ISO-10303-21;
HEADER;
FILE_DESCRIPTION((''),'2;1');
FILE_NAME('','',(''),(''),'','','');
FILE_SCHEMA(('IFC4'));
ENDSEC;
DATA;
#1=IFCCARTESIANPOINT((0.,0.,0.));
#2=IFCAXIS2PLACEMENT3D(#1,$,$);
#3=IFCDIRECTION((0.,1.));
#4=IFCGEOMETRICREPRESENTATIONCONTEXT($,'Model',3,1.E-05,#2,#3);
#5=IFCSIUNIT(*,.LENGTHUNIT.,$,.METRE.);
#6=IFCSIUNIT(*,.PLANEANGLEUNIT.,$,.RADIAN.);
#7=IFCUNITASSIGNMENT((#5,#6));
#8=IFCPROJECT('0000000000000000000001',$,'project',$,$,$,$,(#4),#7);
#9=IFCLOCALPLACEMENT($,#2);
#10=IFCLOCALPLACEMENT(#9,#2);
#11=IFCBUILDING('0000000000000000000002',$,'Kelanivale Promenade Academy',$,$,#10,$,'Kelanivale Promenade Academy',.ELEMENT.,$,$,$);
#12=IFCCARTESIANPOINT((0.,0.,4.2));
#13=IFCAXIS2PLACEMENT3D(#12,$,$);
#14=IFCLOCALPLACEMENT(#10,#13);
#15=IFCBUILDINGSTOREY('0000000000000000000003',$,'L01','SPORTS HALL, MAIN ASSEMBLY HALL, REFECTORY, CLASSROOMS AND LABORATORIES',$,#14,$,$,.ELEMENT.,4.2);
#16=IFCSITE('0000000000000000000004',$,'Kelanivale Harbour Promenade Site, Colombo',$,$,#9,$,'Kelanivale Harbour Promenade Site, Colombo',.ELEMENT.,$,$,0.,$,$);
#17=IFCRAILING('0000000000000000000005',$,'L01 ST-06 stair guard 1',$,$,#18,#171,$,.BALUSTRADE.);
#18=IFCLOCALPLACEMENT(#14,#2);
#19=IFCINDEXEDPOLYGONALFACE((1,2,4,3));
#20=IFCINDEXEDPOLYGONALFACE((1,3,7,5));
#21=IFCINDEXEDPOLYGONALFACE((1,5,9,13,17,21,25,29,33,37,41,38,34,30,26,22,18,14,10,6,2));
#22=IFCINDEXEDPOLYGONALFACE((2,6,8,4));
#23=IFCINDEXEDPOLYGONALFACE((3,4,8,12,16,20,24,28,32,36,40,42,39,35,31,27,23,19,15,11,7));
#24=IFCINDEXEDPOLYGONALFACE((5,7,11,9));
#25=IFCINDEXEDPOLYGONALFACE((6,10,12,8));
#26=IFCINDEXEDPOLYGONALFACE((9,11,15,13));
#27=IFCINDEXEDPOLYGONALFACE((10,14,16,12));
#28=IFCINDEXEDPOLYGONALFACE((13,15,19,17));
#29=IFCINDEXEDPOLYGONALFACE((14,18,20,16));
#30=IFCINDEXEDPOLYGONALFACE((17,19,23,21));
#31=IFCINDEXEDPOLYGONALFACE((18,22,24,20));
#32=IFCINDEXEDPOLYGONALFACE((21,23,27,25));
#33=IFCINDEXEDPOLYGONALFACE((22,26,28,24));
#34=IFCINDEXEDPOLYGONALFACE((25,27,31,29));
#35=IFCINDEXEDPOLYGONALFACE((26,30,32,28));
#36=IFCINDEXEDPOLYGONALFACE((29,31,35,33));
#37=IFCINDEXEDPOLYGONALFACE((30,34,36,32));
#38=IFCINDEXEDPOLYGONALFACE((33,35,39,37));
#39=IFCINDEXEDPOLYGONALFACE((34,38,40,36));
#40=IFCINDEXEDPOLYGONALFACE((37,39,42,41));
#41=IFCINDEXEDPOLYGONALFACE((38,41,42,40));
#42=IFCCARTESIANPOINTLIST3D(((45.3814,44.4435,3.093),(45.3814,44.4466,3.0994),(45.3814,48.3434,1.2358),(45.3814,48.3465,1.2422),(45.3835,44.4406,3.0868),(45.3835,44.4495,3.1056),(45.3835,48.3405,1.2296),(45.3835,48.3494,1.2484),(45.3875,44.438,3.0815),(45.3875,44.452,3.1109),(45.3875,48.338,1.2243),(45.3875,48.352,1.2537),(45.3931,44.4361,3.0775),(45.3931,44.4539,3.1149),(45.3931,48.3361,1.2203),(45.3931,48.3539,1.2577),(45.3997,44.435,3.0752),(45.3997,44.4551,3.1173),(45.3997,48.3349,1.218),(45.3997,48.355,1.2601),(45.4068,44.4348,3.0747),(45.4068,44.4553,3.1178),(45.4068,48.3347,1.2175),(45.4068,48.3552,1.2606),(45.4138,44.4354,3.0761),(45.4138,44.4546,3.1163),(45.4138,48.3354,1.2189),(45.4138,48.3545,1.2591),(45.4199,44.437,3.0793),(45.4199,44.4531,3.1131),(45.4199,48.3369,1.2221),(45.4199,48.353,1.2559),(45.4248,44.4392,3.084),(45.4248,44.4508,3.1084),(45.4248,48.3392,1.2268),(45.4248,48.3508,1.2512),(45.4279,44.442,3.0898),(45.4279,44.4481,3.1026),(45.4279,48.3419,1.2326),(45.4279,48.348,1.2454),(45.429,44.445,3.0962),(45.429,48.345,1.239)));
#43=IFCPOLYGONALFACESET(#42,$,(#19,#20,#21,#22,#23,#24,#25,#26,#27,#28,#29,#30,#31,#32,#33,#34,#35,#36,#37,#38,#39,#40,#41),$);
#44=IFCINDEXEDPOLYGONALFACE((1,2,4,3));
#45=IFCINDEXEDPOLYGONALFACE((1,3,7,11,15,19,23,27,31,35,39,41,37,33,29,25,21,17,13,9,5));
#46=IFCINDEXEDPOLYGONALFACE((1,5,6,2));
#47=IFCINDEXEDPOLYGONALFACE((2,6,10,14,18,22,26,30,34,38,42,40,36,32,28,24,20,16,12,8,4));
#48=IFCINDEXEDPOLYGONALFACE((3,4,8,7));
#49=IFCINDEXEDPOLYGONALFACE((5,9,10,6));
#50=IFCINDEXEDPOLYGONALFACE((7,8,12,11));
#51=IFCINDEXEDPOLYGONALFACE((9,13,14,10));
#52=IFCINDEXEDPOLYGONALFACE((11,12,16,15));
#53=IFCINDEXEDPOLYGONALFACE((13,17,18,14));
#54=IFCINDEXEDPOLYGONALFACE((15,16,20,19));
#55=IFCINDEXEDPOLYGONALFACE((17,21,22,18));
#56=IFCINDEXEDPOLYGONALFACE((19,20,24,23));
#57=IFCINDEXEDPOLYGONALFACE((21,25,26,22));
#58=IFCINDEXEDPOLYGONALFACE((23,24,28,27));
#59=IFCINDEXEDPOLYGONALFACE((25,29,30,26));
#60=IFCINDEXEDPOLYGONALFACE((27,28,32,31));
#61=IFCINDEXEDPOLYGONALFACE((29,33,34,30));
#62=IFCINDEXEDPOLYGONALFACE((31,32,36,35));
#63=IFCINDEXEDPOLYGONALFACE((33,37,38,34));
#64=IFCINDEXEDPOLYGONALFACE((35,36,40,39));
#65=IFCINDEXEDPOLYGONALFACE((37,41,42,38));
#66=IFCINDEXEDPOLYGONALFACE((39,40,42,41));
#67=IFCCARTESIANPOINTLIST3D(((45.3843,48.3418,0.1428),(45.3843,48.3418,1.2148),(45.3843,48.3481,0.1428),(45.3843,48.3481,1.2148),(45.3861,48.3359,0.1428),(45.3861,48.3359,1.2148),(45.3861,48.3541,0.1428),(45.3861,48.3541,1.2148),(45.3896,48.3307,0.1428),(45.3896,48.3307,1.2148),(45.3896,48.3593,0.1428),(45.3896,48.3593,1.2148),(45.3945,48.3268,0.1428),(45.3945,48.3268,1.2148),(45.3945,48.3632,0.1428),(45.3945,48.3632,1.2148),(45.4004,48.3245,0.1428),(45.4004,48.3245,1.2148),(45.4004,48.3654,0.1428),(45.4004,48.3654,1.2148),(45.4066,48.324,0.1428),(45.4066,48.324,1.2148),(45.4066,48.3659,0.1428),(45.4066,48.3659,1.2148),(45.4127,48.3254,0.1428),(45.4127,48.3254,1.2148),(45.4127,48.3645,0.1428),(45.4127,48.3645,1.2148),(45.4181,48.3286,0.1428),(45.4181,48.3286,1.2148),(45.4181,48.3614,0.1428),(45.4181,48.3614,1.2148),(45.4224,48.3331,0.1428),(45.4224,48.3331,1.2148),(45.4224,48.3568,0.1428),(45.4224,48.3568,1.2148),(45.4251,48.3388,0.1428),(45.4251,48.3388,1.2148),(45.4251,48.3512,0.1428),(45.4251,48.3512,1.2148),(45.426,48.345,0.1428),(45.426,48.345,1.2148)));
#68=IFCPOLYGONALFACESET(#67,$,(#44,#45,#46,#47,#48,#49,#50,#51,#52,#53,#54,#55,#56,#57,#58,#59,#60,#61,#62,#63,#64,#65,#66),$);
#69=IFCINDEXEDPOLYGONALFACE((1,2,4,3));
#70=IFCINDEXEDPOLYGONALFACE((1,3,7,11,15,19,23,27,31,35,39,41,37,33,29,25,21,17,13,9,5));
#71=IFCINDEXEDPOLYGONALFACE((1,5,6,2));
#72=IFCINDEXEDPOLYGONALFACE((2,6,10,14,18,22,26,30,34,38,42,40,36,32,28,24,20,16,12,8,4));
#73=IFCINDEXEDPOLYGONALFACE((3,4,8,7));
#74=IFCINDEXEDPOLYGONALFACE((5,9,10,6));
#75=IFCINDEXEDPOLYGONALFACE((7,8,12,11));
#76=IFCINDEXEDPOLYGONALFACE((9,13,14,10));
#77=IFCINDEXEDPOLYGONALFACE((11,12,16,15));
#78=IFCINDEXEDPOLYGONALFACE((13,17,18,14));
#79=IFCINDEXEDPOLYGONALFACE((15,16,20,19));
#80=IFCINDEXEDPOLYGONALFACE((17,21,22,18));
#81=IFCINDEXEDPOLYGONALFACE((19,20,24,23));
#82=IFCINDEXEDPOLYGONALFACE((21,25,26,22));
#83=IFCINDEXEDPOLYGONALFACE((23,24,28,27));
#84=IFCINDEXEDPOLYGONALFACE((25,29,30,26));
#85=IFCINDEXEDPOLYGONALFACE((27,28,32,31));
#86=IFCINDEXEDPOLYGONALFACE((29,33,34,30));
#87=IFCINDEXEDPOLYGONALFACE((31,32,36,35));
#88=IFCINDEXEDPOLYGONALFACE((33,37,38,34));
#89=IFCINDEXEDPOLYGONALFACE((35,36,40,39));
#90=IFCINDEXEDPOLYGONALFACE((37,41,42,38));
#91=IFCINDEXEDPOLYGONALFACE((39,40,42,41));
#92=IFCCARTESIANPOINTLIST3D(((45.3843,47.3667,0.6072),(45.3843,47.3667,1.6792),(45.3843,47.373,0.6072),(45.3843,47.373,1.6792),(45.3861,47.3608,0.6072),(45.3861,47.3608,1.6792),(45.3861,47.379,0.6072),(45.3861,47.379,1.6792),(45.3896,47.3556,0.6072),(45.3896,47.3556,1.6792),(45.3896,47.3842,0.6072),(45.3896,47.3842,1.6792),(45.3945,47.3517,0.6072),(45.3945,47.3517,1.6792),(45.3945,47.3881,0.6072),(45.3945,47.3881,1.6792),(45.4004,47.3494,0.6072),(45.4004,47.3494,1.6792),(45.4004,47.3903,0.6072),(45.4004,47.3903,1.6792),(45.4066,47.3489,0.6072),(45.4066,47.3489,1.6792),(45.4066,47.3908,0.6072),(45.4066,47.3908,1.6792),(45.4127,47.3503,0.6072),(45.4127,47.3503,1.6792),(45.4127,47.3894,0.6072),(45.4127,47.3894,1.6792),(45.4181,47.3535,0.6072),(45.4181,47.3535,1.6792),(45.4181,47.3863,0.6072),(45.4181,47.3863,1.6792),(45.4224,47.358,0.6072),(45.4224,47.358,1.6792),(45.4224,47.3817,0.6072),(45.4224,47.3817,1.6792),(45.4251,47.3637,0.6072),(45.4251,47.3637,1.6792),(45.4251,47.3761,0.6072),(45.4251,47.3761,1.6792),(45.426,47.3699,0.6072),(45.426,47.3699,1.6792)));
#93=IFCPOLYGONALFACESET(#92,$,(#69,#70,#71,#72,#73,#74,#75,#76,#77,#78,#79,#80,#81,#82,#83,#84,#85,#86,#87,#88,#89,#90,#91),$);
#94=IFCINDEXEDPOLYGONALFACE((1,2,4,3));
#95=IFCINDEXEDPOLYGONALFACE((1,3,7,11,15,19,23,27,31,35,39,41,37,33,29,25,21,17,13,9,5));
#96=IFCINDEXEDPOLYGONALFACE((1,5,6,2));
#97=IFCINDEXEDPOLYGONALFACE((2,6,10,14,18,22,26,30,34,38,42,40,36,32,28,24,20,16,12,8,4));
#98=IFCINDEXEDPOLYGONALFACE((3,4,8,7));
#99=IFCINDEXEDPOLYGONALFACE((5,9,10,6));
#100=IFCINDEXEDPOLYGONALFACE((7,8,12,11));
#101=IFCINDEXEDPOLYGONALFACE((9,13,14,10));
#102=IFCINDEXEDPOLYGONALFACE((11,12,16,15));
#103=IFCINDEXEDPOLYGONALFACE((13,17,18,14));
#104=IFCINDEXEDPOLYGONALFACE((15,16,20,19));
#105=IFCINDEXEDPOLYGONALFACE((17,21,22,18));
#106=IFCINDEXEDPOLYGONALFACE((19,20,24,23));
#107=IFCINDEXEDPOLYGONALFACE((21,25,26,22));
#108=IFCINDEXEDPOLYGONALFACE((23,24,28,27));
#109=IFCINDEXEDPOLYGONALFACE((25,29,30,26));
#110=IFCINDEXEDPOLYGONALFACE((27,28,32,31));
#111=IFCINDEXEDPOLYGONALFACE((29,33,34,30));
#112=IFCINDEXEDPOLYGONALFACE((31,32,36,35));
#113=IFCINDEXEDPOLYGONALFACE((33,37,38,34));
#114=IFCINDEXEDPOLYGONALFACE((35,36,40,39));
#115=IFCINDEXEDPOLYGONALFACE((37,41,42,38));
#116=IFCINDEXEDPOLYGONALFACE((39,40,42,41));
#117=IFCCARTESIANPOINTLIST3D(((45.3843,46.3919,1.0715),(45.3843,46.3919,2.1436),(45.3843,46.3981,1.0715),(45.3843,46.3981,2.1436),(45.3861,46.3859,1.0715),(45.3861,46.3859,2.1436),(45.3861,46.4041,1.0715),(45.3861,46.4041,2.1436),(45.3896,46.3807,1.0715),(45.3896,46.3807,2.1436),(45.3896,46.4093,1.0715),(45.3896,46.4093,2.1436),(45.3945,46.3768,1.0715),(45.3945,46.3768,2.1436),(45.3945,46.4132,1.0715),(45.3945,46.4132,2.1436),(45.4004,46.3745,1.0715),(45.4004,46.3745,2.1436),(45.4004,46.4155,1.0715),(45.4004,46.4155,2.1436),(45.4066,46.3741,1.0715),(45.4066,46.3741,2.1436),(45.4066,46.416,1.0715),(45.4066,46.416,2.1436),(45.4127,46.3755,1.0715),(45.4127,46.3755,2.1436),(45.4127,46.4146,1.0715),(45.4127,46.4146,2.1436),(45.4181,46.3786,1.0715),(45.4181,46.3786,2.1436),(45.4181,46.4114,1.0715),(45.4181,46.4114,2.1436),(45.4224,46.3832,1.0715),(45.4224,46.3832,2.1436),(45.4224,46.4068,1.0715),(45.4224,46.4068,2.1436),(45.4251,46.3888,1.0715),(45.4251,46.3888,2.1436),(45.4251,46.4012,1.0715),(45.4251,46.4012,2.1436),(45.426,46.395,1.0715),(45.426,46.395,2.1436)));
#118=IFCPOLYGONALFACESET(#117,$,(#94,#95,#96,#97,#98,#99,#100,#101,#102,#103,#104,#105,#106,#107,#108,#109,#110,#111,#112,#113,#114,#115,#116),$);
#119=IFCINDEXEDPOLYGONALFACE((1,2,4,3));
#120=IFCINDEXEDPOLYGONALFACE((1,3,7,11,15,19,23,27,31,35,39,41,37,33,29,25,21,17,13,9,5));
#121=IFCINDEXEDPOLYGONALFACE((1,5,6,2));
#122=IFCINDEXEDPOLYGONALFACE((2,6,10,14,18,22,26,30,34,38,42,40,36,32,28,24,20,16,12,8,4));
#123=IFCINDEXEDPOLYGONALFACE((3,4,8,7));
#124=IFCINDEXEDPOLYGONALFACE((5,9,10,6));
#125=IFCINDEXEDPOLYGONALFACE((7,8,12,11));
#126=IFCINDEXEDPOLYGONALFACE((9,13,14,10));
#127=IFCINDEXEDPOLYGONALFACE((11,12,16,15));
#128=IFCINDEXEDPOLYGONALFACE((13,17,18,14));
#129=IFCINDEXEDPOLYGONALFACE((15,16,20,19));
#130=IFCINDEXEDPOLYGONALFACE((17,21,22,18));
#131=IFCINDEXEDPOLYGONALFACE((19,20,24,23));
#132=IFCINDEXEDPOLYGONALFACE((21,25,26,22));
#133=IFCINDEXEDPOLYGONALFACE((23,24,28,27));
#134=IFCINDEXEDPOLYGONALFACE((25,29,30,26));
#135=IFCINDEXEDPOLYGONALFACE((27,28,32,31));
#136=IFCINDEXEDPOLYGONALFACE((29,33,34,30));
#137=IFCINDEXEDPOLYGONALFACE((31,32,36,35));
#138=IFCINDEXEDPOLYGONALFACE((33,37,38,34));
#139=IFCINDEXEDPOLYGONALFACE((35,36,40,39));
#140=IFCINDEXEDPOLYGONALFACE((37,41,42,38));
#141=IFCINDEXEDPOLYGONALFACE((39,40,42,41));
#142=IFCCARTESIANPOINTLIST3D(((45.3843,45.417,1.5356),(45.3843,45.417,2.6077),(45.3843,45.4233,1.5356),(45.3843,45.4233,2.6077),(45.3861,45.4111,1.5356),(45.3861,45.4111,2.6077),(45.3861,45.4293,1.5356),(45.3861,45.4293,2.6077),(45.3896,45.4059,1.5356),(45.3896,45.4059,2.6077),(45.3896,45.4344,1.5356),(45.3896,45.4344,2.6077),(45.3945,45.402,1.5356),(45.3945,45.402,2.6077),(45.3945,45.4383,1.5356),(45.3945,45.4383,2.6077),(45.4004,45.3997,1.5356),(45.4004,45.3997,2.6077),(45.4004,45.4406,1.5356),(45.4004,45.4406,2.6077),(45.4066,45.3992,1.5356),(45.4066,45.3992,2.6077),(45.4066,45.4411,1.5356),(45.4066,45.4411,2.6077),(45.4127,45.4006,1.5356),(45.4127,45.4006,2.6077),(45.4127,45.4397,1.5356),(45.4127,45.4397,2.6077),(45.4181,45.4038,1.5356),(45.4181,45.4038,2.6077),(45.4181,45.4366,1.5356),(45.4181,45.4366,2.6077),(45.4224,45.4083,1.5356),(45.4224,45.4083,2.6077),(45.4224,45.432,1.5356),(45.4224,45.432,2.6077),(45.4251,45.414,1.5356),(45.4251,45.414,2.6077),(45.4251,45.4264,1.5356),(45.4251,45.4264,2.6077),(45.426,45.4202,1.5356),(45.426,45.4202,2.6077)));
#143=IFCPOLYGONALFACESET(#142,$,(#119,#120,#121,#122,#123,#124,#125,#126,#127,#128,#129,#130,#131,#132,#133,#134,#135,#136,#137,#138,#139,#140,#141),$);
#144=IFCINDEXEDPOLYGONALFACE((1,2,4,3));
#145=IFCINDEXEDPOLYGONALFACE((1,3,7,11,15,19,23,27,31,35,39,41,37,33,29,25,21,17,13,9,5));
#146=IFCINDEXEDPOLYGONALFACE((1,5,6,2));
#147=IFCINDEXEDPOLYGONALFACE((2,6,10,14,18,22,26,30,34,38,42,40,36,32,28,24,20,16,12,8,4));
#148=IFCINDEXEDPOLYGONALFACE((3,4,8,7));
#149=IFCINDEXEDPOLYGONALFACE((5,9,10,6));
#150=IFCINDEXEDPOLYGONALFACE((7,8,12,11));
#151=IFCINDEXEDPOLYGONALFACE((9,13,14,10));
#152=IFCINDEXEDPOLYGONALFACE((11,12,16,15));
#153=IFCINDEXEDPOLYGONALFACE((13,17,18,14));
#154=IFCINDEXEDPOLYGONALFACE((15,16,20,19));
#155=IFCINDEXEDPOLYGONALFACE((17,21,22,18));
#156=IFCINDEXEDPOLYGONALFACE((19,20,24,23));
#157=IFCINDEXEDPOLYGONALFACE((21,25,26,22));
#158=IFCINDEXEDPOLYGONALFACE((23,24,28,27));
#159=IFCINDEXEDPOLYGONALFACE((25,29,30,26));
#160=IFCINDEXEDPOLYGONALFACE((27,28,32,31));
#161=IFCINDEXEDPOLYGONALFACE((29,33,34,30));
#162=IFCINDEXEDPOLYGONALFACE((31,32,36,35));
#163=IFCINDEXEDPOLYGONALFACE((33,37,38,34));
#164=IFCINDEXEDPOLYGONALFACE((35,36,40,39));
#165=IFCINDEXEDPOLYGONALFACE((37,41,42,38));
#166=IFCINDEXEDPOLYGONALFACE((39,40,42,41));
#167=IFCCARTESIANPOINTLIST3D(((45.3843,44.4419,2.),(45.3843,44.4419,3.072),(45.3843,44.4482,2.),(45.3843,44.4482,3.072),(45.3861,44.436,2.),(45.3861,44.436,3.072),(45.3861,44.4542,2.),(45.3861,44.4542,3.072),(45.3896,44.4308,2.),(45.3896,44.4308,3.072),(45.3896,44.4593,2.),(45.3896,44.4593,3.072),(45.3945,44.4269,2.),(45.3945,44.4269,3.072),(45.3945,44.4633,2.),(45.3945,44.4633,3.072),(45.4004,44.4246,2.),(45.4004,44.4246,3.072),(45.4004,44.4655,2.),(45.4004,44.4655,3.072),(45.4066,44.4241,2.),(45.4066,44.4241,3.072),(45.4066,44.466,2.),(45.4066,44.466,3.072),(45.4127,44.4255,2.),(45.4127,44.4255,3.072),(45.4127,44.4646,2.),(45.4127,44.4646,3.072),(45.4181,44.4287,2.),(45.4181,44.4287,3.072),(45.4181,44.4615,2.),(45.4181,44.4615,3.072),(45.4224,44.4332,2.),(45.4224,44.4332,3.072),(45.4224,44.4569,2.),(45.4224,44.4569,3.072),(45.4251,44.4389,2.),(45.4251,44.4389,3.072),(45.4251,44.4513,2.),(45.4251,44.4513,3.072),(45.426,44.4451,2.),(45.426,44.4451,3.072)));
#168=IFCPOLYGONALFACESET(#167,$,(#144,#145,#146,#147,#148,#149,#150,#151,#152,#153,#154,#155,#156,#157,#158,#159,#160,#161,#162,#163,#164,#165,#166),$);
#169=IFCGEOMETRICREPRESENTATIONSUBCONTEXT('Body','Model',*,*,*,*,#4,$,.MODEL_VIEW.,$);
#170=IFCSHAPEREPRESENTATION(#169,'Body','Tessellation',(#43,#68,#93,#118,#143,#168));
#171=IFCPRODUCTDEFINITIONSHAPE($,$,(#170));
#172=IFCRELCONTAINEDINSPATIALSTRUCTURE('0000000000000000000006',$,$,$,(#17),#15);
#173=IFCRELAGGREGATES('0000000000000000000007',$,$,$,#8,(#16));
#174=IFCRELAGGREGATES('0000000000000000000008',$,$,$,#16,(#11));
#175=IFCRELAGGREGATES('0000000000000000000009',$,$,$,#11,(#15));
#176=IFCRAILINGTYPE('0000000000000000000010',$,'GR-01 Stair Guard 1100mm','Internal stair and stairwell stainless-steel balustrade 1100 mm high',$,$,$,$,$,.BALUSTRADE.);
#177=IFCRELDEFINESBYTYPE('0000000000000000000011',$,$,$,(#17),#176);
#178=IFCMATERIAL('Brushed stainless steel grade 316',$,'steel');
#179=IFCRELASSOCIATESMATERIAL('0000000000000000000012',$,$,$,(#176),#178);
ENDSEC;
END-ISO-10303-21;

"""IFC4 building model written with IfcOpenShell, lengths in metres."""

from ifc_helpers import new_model, si_unit, direction, frame, origin, origin_2d, place, context, subcontext, project, spatial, circle, extrude, material, type_object, element, save


model = new_model("IFC4")

# Units and contexts
model_context = context("Model", 3, precision=1e-05, world=origin(), true_north=direction((0.0, 1.0)))
body_context = subcontext(model_context, "Body", "Model", "MODEL_VIEW")
ifc_project = project(units=[si_unit("LENGTHUNIT", "METRE"), si_unit("PLANEANGLEUNIT", "RADIAN")], contexts=[model_context])

# Site, building, storey
site_placement = place(None, origin())
site = spatial("IfcSite", under=ifc_project, at=site_placement, Name="Kelanivale Harbour Promenade Site, Colombo", LongName="Kelanivale Harbour Promenade Site, Colombo", CompositionType="ELEMENT", RefElevation=0.0)
building_placement = place(site_placement, origin())
building = spatial("IfcBuilding", under=site, at=building_placement, Name="Kelanivale Promenade Academy", LongName="Kelanivale Promenade Academy", CompositionType="ELEMENT")
storey_placement = place(building_placement, frame((0.0, 0.0, 4.2)))
storey = spatial("IfcBuildingStorey", under=building, at=storey_placement, Name="L01", Description="SPORTS HALL, MAIN ASSEMBLY HALL, REFECTORY, CLASSROOMS AND LABORATORIES", CompositionType="ELEMENT", Elevation=4.2)

# Railing
ifc_material_1 = material(Name="Brushed stainless steel grade 316", Category="steel")
railing_type_1 = type_object("IfcRailingType", Name="GR-01 Stair Guard 1100mm", Description="Internal stair and stairwell stainless-steel balustrade 1100 mm high", PredefinedType="BALUSTRADE", material=ifc_material_1)
railing_1_placement = place(storey_placement, frame((45.405, 48.345, 0.1428)))
element("IfcRailing", 1, at=railing_1_placement, inside=storey, type_object=railing_type_1, Name="L01 ST-06 stair guard 1", PredefinedType="BALUSTRADE", context=body_context, shape_type="SweptSolid", body=[
    extrude(circle(Radius=0.0239, at=origin_2d()), frame((0.0, 0.0, 1.0962), z_axis=(0.0, -0.902853, 0.429949), x_axis=(1.0, 0.0, 0.0)), (0.0, 0.0, 1.0), 4.3196),
    extrude(circle(Radius=0.021, at=origin_2d()), origin(), (0.0, 0.0, 1.0), 1.072),
    extrude(circle(Radius=0.021, at=origin_2d()), frame((0.0, -0.9751, 0.4644)), (0.0, 0.0, 1.0), 1.072),
    extrude(circle(Radius=0.021, at=origin_2d()), frame((0.0, -1.95, 0.9287)), (0.0, 0.0, 1.0), 1.072),
    extrude(circle(Radius=0.021, at=origin_2d()), frame((0.0, -2.9248, 1.3928)), (0.0, 0.0, 1.0), 1.072),
    extrude(circle(Radius=0.021, at=origin_2d()), frame((0.0, -3.8999, 1.8572)), (0.0, 0.0, 1.0), 1.072),
])

save(model, "model.ifc")
